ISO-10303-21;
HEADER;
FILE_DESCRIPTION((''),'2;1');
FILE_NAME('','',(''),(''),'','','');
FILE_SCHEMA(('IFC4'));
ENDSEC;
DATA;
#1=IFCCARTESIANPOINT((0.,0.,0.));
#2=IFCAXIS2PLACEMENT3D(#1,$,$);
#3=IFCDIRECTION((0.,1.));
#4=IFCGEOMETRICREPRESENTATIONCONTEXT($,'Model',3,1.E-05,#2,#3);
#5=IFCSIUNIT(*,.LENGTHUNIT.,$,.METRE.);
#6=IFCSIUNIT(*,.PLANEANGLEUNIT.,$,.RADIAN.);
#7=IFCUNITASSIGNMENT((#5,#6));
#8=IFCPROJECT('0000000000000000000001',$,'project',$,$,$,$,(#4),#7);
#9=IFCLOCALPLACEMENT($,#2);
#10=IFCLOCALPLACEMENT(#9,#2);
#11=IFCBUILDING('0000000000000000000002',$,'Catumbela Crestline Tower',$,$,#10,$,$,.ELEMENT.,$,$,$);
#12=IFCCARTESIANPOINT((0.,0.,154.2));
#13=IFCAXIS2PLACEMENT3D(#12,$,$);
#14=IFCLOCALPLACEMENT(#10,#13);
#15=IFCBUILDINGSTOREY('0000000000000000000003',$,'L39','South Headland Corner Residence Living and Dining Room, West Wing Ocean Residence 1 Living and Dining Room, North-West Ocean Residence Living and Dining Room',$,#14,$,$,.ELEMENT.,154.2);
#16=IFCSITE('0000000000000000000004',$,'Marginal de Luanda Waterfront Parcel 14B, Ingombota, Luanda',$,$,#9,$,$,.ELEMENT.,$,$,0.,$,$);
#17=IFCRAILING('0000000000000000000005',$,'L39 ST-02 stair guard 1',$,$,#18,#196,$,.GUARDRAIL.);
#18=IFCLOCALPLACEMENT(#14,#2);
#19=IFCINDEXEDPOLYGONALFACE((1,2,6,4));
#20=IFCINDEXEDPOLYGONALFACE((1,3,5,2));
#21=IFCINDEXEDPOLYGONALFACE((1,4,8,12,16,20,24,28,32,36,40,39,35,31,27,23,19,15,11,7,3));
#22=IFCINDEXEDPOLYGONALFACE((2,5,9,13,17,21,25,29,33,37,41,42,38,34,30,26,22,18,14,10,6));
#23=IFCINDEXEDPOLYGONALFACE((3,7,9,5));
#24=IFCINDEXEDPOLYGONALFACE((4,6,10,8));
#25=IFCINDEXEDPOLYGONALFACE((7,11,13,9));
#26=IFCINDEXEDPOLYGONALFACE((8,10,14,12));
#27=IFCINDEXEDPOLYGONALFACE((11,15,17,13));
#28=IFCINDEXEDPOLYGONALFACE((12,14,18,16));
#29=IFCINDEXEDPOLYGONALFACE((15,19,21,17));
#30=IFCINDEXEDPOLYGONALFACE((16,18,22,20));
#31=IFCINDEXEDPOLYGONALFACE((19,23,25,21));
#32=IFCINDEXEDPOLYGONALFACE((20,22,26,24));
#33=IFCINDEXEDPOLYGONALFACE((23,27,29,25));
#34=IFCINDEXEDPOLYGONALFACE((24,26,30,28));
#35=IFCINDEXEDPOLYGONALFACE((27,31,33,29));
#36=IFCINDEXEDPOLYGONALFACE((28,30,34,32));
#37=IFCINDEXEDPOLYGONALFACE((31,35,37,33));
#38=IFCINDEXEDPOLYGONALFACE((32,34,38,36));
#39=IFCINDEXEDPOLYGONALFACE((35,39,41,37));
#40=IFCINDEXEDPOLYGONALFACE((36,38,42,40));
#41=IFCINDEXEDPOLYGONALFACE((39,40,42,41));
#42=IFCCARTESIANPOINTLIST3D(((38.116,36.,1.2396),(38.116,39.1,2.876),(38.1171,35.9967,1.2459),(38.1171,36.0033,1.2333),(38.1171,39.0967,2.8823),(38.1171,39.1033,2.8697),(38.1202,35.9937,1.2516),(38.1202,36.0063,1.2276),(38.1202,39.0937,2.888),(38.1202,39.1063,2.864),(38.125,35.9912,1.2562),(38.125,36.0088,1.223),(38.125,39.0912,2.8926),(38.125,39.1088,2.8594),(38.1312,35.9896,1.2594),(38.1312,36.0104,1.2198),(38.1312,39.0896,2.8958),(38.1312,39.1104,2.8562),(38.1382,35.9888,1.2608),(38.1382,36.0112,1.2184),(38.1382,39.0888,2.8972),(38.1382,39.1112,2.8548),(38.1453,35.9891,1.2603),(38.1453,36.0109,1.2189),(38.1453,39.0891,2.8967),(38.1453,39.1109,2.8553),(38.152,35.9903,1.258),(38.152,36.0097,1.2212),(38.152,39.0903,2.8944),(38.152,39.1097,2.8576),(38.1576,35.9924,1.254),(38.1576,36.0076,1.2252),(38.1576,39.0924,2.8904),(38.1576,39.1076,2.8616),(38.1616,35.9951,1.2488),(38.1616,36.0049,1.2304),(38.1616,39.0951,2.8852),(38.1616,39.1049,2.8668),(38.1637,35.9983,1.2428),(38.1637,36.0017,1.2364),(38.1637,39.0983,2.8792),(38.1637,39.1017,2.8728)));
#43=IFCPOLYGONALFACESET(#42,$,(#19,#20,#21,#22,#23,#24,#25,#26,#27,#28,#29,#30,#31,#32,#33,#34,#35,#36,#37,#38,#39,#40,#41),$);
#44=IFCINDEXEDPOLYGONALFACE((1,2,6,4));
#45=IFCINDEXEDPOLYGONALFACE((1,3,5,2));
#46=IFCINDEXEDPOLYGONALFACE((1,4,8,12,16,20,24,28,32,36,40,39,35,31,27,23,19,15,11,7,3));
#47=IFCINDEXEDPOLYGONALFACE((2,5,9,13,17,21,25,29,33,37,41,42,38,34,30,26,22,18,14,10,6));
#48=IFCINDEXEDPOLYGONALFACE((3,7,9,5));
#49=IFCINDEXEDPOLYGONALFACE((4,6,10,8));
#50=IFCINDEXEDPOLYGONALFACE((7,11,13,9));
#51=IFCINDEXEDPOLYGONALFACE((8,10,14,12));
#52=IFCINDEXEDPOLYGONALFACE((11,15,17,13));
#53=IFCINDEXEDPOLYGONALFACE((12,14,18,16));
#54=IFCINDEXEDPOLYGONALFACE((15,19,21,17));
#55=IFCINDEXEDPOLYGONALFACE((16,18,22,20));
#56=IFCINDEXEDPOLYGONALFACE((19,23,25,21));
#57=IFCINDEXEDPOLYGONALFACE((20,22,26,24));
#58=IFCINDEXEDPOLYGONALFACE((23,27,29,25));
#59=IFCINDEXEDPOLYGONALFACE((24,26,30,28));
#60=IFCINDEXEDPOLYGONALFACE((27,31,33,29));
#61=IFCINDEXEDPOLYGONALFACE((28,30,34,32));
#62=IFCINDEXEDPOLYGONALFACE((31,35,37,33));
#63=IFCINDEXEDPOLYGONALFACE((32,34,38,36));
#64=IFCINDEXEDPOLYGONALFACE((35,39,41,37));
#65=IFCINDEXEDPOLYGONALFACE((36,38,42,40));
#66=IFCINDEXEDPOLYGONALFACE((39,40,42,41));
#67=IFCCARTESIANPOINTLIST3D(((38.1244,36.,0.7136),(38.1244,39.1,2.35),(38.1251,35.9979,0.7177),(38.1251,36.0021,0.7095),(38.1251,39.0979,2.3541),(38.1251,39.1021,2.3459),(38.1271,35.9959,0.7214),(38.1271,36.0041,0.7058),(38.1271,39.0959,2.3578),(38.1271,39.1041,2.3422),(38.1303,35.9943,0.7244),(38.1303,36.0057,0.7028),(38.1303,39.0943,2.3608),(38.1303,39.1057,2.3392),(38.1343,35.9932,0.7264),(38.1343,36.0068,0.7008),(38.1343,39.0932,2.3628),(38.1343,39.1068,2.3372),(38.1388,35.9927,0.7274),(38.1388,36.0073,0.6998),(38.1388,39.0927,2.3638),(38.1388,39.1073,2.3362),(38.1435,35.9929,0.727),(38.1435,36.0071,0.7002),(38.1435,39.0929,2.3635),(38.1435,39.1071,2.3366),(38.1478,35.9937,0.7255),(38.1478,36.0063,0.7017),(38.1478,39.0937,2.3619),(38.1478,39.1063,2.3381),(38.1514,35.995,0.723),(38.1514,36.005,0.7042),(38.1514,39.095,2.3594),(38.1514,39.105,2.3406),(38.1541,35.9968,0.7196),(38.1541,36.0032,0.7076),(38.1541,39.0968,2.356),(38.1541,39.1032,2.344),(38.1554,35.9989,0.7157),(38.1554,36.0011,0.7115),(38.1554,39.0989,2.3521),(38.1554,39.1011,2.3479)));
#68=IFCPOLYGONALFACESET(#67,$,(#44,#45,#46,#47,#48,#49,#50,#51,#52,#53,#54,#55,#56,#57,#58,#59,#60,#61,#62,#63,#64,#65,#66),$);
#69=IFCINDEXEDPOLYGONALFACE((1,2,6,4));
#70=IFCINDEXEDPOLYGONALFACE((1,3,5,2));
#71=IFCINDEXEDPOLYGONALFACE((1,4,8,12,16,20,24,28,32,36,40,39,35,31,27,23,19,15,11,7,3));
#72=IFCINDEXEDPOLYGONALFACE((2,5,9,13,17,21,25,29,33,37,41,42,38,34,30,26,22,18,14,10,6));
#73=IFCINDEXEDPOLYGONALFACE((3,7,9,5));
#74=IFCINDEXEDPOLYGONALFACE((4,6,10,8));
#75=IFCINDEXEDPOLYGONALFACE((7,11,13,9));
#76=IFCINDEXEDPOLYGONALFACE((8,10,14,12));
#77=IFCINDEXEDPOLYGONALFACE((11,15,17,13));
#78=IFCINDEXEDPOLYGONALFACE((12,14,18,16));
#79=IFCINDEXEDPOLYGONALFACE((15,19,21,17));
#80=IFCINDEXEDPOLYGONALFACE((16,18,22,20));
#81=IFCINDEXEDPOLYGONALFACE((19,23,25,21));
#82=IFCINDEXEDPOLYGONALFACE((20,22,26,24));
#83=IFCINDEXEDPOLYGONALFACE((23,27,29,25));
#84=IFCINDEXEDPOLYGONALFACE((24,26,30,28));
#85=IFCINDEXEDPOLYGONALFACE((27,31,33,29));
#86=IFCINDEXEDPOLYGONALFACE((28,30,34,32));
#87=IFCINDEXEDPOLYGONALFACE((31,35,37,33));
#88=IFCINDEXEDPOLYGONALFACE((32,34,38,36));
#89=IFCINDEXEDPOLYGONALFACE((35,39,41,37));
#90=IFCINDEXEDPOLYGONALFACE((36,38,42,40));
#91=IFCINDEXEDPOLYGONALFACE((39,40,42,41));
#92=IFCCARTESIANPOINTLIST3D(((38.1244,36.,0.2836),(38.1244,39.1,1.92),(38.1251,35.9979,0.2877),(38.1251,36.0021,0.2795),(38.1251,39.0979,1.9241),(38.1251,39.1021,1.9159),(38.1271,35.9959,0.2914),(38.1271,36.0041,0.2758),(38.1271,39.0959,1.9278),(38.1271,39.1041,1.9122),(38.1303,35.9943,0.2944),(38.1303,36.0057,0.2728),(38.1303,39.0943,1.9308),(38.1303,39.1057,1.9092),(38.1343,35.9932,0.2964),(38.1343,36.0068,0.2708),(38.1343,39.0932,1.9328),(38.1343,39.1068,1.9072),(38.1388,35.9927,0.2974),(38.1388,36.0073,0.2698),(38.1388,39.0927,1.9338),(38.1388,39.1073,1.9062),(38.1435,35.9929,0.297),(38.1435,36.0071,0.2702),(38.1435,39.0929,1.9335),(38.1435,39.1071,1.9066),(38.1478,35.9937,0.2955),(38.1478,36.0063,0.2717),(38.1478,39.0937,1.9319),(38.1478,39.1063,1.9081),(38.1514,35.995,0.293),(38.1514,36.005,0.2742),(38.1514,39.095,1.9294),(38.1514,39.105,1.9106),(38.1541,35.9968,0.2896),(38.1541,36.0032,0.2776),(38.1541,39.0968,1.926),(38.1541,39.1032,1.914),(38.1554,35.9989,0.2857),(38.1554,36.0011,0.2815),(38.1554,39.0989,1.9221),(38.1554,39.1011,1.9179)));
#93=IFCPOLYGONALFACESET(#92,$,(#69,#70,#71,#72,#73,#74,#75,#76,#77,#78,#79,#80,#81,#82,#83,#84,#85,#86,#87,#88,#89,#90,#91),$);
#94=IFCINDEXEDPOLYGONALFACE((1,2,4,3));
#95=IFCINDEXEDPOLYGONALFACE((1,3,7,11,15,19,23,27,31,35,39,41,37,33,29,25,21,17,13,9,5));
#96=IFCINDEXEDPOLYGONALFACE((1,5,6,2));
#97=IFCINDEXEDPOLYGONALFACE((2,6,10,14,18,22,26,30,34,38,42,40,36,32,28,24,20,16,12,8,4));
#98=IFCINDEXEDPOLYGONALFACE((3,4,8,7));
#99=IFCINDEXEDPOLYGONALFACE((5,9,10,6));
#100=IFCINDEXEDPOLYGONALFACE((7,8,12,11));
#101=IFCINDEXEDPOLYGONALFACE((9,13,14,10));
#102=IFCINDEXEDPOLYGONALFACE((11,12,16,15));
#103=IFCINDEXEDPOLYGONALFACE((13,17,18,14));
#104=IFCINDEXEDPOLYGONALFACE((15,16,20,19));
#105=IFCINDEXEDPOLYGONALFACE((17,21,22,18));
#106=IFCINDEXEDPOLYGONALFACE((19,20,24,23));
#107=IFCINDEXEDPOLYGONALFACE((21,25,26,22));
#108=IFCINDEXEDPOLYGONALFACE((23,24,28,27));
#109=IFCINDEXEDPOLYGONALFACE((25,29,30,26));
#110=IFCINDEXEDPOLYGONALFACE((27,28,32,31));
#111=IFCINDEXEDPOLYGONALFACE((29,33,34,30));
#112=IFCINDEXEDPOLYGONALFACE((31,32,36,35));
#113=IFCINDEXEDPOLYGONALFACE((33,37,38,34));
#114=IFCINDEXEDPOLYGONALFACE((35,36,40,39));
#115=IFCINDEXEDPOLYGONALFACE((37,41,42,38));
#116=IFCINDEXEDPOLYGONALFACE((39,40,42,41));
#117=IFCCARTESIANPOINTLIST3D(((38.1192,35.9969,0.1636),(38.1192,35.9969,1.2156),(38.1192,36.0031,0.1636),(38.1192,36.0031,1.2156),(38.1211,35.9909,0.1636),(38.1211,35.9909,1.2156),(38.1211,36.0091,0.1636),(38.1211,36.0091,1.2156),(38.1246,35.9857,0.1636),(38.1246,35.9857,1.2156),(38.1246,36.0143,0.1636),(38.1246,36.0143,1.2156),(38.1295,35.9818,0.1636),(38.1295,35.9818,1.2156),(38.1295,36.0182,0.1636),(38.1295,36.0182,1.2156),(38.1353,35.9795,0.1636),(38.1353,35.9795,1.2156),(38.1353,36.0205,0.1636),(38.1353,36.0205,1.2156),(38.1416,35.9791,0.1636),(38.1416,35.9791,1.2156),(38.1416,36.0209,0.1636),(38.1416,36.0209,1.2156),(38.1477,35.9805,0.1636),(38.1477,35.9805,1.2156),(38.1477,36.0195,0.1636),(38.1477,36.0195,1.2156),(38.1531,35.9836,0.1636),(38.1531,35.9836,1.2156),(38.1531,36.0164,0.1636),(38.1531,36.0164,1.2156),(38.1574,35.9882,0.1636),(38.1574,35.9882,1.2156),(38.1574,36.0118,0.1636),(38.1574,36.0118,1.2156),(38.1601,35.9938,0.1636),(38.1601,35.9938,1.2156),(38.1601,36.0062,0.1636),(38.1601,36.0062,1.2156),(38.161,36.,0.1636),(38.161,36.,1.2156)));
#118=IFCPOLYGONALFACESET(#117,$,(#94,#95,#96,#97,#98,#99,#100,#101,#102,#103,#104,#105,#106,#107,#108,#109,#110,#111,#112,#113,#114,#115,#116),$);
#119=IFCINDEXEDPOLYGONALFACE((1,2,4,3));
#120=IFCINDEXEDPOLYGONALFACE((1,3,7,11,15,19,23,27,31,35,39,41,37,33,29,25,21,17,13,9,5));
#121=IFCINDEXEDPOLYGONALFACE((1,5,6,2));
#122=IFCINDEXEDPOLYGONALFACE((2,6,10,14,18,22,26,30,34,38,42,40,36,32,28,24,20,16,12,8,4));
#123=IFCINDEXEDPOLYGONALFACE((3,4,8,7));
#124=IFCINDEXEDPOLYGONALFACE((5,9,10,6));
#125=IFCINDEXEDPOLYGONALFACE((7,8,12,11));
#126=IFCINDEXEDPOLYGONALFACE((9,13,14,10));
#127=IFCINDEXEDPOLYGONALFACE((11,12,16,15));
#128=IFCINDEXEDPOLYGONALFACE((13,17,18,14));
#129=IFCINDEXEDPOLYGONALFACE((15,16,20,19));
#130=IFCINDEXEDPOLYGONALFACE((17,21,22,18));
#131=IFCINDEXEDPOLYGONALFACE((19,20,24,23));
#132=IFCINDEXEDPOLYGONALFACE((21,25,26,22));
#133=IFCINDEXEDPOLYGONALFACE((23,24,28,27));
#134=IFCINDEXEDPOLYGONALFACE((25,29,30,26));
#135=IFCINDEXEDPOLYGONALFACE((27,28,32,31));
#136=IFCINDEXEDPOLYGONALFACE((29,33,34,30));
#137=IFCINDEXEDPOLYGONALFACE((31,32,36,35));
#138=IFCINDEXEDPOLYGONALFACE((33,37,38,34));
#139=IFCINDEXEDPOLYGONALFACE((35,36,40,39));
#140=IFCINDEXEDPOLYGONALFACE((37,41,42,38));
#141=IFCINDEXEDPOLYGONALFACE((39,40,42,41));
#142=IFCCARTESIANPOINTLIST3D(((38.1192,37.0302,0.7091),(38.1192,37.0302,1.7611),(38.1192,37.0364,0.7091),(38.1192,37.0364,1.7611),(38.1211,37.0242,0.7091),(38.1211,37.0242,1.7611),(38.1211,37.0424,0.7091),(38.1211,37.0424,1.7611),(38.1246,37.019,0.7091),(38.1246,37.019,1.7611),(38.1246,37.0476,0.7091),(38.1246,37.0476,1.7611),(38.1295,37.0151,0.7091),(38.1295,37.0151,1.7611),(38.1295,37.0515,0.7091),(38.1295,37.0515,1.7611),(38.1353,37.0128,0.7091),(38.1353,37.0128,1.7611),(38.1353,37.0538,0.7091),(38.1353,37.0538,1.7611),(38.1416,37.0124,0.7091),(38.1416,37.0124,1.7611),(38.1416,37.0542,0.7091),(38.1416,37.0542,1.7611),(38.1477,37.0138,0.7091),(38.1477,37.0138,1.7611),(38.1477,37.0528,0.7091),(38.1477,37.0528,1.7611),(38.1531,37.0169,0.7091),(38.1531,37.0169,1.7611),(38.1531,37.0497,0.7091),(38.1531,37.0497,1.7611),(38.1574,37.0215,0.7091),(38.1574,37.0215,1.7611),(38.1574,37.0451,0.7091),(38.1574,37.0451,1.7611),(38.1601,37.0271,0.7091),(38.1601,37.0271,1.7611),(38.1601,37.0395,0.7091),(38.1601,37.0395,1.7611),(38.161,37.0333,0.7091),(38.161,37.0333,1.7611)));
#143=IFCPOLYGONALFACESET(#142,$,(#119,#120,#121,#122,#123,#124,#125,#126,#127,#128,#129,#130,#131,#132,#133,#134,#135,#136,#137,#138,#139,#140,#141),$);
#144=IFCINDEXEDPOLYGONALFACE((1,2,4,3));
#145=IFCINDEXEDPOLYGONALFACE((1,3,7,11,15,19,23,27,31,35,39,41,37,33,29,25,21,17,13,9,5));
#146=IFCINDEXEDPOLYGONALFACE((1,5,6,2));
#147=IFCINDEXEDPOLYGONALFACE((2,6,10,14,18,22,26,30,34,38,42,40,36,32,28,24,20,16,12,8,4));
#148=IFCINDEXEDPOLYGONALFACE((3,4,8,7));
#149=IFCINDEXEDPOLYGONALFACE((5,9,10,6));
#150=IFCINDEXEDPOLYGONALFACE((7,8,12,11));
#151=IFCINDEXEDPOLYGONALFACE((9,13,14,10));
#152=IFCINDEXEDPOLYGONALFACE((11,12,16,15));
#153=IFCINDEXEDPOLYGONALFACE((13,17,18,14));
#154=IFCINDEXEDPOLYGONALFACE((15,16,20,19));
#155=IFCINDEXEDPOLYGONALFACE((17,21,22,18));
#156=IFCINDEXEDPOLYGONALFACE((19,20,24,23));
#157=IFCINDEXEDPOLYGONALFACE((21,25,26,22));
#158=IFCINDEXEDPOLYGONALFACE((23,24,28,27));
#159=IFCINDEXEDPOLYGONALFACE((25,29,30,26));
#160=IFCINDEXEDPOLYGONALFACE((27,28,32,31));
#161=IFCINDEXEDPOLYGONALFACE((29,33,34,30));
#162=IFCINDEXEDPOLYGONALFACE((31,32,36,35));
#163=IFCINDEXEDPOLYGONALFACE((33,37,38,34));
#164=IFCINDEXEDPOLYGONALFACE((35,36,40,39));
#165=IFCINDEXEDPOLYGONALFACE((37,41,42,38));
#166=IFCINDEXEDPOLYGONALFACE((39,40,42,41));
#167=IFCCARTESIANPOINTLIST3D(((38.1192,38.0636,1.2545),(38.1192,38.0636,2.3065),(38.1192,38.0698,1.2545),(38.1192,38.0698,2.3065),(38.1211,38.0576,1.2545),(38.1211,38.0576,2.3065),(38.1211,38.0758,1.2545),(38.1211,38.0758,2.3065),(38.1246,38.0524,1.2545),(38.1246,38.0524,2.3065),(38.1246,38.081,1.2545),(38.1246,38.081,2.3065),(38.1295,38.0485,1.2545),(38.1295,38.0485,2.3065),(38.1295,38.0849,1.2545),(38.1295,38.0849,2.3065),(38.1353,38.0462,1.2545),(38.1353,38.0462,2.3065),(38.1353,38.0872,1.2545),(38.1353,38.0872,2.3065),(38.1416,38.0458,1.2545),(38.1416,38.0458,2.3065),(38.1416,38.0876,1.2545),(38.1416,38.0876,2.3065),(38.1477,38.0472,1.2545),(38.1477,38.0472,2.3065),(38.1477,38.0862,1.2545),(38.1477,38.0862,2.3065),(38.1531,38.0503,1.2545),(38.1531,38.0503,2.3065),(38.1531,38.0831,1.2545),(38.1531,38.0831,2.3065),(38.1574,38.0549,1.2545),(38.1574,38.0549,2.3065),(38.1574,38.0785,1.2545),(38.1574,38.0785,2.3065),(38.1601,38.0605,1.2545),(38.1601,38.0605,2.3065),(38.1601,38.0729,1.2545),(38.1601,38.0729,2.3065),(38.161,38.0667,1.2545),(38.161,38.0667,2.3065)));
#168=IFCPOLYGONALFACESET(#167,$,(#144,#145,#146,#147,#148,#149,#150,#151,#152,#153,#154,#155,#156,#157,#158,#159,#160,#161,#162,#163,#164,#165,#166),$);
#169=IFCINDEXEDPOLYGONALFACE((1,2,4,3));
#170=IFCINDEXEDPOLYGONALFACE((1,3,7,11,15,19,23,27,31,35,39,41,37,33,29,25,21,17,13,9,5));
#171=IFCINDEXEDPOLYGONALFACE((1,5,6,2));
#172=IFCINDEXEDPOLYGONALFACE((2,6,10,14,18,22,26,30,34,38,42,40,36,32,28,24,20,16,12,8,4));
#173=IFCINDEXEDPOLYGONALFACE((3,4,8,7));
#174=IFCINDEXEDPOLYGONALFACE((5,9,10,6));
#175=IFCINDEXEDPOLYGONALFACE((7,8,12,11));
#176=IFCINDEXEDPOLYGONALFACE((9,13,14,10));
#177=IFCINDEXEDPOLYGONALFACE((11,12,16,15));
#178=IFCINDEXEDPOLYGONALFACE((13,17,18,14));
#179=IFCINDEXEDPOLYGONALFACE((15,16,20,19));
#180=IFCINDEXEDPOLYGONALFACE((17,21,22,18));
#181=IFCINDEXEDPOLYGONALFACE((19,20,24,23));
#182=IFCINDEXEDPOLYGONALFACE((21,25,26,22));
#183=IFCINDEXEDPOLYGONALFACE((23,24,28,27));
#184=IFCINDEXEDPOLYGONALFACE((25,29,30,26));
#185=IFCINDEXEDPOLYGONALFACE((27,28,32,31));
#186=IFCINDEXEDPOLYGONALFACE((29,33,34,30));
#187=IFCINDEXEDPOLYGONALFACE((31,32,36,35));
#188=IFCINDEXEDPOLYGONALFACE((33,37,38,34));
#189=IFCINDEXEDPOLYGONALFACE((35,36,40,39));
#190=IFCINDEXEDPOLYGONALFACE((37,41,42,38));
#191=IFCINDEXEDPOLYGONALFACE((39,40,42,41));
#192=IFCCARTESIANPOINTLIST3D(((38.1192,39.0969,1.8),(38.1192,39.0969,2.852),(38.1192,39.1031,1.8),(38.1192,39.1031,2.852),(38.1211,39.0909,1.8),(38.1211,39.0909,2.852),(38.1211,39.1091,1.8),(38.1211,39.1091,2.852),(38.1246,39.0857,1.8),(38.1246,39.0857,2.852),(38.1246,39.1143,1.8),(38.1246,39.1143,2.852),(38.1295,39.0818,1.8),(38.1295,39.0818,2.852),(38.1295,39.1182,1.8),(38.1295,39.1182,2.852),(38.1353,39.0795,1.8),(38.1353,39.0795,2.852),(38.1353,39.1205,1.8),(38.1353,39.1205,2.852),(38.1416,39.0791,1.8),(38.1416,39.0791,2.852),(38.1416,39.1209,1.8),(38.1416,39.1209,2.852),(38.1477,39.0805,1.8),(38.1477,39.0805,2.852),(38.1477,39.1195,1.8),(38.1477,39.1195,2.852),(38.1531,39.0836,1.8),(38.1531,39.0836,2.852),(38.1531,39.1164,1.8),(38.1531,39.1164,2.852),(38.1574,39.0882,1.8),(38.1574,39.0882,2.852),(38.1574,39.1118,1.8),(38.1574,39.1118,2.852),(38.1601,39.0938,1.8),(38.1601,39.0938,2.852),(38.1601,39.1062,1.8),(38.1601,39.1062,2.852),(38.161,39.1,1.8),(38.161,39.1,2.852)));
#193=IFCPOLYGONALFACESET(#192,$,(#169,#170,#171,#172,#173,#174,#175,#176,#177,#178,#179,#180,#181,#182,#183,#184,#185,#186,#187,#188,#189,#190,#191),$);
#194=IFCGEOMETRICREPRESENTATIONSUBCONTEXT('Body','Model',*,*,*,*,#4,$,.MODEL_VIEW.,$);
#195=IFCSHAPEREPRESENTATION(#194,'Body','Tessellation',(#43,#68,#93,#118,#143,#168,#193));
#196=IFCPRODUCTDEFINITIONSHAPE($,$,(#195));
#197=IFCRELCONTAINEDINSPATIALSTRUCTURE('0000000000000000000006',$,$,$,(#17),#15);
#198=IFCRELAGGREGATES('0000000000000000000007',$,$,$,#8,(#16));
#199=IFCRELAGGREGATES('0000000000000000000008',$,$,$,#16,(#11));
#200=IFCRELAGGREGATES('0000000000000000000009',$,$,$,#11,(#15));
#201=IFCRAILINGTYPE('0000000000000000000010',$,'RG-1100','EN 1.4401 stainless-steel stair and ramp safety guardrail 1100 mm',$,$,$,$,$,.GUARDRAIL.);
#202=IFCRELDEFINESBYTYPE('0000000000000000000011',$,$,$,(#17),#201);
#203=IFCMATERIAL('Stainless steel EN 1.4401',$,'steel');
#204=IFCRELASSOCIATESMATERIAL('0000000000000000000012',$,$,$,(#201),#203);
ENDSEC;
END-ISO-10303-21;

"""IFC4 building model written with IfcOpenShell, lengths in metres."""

from ifc_helpers import new_model, si_unit, direction, frame, origin, origin_2d, place, context, subcontext, project, spatial, circle, extrude, material, type_object, element, save


model = new_model("IFC4")

# Units and contexts
model_context = context("Model", 3, precision=1e-05, world=origin(), true_north=direction((0.0, 1.0)))
body_context = subcontext(model_context, "Body", "Model", "MODEL_VIEW")
ifc_project = project(units=[si_unit("LENGTHUNIT", "METRE"), si_unit("PLANEANGLEUNIT", "RADIAN")], contexts=[model_context])

# Site, building, storey
site_placement = place(None, origin())
site = spatial("IfcSite", under=ifc_project, at=site_placement, Name="Marginal de Luanda Waterfront Parcel 14B, Ingombota, Luanda", CompositionType="ELEMENT", RefElevation=0.0)
building_placement = place(site_placement, origin())
building = spatial("IfcBuilding", under=site, at=building_placement, Name="Catumbela Crestline Tower", CompositionType="ELEMENT")
storey_placement = place(building_placement, frame((0.0, 0.0, 154.2)))
storey = spatial("IfcBuildingStorey", under=building, at=storey_placement, Name="L39", Description="South Headland Corner Residence Living and Dining Room, West Wing Ocean Residence 1 Living and Dining Room, North-West Ocean Residence Living and Dining Room", CompositionType="ELEMENT", Elevation=154.2)

# Shared definitions
ifc_material_1 = material(Name="Stainless steel EN 1.4401", Category="steel")

# Railing
railing_type_1 = type_object("IfcRailingType", Name="RG-1100", Description="EN 1.4401 stainless-steel stair and ramp safety guardrail 1100 mm", PredefinedType="GUARDRAIL", material=ifc_material_1)
railing_1_placement = place(storey_placement, frame((38.14, 36.0, 0.1636)))
element("IfcRailing", 1, at=railing_1_placement, inside=storey, type_object=railing_type_1, Name="L39 ST-02 stair guard 1", PredefinedType="GUARDRAIL", context=body_context, shape_type="SweptSolid", body=[
    extrude(circle(Radius=0.024, at=origin_2d()), frame((0.0, 0.0, 1.076), z_axis=(0.0, 0.884351, 0.466823), x_axis=(-1.0, 0.0, 0.0)), (0.0, 0.0, 1.0), 3.5054),
    extrude(circle(Radius=0.0156, at=origin_2d()), frame((0.0, 0.0, 0.55), z_axis=(0.0, 0.884351, 0.466823), x_axis=(-1.0, 0.0, 0.0)), (0.0, 0.0, 1.0), 3.5054),
    extrude(circle(Radius=0.0156, at=origin_2d()), frame((0.0, 0.0, 0.12), z_axis=(0.0, 0.884351, 0.466823), x_axis=(-1.0, 0.0, 0.0)), (0.0, 0.0, 1.0), 3.5054),
    extrude(circle(Radius=0.021, at=origin_2d()), origin(), (0.0, 0.0, 1.0), 1.052),
    extrude(circle(Radius=0.021, at=origin_2d()), frame((0.0, 1.0333, 0.5455)), (0.0, 0.0, 1.0), 1.052),
    extrude(circle(Radius=0.021, at=origin_2d()), frame((0.0, 2.0667, 1.0909)), (0.0, 0.0, 1.0), 1.052),
    extrude(circle(Radius=0.021, at=origin_2d()), frame((0.0, 3.1, 1.6364)), (0.0, 0.0, 1.0), 1.052),
])

save(model, "model.ifc")
